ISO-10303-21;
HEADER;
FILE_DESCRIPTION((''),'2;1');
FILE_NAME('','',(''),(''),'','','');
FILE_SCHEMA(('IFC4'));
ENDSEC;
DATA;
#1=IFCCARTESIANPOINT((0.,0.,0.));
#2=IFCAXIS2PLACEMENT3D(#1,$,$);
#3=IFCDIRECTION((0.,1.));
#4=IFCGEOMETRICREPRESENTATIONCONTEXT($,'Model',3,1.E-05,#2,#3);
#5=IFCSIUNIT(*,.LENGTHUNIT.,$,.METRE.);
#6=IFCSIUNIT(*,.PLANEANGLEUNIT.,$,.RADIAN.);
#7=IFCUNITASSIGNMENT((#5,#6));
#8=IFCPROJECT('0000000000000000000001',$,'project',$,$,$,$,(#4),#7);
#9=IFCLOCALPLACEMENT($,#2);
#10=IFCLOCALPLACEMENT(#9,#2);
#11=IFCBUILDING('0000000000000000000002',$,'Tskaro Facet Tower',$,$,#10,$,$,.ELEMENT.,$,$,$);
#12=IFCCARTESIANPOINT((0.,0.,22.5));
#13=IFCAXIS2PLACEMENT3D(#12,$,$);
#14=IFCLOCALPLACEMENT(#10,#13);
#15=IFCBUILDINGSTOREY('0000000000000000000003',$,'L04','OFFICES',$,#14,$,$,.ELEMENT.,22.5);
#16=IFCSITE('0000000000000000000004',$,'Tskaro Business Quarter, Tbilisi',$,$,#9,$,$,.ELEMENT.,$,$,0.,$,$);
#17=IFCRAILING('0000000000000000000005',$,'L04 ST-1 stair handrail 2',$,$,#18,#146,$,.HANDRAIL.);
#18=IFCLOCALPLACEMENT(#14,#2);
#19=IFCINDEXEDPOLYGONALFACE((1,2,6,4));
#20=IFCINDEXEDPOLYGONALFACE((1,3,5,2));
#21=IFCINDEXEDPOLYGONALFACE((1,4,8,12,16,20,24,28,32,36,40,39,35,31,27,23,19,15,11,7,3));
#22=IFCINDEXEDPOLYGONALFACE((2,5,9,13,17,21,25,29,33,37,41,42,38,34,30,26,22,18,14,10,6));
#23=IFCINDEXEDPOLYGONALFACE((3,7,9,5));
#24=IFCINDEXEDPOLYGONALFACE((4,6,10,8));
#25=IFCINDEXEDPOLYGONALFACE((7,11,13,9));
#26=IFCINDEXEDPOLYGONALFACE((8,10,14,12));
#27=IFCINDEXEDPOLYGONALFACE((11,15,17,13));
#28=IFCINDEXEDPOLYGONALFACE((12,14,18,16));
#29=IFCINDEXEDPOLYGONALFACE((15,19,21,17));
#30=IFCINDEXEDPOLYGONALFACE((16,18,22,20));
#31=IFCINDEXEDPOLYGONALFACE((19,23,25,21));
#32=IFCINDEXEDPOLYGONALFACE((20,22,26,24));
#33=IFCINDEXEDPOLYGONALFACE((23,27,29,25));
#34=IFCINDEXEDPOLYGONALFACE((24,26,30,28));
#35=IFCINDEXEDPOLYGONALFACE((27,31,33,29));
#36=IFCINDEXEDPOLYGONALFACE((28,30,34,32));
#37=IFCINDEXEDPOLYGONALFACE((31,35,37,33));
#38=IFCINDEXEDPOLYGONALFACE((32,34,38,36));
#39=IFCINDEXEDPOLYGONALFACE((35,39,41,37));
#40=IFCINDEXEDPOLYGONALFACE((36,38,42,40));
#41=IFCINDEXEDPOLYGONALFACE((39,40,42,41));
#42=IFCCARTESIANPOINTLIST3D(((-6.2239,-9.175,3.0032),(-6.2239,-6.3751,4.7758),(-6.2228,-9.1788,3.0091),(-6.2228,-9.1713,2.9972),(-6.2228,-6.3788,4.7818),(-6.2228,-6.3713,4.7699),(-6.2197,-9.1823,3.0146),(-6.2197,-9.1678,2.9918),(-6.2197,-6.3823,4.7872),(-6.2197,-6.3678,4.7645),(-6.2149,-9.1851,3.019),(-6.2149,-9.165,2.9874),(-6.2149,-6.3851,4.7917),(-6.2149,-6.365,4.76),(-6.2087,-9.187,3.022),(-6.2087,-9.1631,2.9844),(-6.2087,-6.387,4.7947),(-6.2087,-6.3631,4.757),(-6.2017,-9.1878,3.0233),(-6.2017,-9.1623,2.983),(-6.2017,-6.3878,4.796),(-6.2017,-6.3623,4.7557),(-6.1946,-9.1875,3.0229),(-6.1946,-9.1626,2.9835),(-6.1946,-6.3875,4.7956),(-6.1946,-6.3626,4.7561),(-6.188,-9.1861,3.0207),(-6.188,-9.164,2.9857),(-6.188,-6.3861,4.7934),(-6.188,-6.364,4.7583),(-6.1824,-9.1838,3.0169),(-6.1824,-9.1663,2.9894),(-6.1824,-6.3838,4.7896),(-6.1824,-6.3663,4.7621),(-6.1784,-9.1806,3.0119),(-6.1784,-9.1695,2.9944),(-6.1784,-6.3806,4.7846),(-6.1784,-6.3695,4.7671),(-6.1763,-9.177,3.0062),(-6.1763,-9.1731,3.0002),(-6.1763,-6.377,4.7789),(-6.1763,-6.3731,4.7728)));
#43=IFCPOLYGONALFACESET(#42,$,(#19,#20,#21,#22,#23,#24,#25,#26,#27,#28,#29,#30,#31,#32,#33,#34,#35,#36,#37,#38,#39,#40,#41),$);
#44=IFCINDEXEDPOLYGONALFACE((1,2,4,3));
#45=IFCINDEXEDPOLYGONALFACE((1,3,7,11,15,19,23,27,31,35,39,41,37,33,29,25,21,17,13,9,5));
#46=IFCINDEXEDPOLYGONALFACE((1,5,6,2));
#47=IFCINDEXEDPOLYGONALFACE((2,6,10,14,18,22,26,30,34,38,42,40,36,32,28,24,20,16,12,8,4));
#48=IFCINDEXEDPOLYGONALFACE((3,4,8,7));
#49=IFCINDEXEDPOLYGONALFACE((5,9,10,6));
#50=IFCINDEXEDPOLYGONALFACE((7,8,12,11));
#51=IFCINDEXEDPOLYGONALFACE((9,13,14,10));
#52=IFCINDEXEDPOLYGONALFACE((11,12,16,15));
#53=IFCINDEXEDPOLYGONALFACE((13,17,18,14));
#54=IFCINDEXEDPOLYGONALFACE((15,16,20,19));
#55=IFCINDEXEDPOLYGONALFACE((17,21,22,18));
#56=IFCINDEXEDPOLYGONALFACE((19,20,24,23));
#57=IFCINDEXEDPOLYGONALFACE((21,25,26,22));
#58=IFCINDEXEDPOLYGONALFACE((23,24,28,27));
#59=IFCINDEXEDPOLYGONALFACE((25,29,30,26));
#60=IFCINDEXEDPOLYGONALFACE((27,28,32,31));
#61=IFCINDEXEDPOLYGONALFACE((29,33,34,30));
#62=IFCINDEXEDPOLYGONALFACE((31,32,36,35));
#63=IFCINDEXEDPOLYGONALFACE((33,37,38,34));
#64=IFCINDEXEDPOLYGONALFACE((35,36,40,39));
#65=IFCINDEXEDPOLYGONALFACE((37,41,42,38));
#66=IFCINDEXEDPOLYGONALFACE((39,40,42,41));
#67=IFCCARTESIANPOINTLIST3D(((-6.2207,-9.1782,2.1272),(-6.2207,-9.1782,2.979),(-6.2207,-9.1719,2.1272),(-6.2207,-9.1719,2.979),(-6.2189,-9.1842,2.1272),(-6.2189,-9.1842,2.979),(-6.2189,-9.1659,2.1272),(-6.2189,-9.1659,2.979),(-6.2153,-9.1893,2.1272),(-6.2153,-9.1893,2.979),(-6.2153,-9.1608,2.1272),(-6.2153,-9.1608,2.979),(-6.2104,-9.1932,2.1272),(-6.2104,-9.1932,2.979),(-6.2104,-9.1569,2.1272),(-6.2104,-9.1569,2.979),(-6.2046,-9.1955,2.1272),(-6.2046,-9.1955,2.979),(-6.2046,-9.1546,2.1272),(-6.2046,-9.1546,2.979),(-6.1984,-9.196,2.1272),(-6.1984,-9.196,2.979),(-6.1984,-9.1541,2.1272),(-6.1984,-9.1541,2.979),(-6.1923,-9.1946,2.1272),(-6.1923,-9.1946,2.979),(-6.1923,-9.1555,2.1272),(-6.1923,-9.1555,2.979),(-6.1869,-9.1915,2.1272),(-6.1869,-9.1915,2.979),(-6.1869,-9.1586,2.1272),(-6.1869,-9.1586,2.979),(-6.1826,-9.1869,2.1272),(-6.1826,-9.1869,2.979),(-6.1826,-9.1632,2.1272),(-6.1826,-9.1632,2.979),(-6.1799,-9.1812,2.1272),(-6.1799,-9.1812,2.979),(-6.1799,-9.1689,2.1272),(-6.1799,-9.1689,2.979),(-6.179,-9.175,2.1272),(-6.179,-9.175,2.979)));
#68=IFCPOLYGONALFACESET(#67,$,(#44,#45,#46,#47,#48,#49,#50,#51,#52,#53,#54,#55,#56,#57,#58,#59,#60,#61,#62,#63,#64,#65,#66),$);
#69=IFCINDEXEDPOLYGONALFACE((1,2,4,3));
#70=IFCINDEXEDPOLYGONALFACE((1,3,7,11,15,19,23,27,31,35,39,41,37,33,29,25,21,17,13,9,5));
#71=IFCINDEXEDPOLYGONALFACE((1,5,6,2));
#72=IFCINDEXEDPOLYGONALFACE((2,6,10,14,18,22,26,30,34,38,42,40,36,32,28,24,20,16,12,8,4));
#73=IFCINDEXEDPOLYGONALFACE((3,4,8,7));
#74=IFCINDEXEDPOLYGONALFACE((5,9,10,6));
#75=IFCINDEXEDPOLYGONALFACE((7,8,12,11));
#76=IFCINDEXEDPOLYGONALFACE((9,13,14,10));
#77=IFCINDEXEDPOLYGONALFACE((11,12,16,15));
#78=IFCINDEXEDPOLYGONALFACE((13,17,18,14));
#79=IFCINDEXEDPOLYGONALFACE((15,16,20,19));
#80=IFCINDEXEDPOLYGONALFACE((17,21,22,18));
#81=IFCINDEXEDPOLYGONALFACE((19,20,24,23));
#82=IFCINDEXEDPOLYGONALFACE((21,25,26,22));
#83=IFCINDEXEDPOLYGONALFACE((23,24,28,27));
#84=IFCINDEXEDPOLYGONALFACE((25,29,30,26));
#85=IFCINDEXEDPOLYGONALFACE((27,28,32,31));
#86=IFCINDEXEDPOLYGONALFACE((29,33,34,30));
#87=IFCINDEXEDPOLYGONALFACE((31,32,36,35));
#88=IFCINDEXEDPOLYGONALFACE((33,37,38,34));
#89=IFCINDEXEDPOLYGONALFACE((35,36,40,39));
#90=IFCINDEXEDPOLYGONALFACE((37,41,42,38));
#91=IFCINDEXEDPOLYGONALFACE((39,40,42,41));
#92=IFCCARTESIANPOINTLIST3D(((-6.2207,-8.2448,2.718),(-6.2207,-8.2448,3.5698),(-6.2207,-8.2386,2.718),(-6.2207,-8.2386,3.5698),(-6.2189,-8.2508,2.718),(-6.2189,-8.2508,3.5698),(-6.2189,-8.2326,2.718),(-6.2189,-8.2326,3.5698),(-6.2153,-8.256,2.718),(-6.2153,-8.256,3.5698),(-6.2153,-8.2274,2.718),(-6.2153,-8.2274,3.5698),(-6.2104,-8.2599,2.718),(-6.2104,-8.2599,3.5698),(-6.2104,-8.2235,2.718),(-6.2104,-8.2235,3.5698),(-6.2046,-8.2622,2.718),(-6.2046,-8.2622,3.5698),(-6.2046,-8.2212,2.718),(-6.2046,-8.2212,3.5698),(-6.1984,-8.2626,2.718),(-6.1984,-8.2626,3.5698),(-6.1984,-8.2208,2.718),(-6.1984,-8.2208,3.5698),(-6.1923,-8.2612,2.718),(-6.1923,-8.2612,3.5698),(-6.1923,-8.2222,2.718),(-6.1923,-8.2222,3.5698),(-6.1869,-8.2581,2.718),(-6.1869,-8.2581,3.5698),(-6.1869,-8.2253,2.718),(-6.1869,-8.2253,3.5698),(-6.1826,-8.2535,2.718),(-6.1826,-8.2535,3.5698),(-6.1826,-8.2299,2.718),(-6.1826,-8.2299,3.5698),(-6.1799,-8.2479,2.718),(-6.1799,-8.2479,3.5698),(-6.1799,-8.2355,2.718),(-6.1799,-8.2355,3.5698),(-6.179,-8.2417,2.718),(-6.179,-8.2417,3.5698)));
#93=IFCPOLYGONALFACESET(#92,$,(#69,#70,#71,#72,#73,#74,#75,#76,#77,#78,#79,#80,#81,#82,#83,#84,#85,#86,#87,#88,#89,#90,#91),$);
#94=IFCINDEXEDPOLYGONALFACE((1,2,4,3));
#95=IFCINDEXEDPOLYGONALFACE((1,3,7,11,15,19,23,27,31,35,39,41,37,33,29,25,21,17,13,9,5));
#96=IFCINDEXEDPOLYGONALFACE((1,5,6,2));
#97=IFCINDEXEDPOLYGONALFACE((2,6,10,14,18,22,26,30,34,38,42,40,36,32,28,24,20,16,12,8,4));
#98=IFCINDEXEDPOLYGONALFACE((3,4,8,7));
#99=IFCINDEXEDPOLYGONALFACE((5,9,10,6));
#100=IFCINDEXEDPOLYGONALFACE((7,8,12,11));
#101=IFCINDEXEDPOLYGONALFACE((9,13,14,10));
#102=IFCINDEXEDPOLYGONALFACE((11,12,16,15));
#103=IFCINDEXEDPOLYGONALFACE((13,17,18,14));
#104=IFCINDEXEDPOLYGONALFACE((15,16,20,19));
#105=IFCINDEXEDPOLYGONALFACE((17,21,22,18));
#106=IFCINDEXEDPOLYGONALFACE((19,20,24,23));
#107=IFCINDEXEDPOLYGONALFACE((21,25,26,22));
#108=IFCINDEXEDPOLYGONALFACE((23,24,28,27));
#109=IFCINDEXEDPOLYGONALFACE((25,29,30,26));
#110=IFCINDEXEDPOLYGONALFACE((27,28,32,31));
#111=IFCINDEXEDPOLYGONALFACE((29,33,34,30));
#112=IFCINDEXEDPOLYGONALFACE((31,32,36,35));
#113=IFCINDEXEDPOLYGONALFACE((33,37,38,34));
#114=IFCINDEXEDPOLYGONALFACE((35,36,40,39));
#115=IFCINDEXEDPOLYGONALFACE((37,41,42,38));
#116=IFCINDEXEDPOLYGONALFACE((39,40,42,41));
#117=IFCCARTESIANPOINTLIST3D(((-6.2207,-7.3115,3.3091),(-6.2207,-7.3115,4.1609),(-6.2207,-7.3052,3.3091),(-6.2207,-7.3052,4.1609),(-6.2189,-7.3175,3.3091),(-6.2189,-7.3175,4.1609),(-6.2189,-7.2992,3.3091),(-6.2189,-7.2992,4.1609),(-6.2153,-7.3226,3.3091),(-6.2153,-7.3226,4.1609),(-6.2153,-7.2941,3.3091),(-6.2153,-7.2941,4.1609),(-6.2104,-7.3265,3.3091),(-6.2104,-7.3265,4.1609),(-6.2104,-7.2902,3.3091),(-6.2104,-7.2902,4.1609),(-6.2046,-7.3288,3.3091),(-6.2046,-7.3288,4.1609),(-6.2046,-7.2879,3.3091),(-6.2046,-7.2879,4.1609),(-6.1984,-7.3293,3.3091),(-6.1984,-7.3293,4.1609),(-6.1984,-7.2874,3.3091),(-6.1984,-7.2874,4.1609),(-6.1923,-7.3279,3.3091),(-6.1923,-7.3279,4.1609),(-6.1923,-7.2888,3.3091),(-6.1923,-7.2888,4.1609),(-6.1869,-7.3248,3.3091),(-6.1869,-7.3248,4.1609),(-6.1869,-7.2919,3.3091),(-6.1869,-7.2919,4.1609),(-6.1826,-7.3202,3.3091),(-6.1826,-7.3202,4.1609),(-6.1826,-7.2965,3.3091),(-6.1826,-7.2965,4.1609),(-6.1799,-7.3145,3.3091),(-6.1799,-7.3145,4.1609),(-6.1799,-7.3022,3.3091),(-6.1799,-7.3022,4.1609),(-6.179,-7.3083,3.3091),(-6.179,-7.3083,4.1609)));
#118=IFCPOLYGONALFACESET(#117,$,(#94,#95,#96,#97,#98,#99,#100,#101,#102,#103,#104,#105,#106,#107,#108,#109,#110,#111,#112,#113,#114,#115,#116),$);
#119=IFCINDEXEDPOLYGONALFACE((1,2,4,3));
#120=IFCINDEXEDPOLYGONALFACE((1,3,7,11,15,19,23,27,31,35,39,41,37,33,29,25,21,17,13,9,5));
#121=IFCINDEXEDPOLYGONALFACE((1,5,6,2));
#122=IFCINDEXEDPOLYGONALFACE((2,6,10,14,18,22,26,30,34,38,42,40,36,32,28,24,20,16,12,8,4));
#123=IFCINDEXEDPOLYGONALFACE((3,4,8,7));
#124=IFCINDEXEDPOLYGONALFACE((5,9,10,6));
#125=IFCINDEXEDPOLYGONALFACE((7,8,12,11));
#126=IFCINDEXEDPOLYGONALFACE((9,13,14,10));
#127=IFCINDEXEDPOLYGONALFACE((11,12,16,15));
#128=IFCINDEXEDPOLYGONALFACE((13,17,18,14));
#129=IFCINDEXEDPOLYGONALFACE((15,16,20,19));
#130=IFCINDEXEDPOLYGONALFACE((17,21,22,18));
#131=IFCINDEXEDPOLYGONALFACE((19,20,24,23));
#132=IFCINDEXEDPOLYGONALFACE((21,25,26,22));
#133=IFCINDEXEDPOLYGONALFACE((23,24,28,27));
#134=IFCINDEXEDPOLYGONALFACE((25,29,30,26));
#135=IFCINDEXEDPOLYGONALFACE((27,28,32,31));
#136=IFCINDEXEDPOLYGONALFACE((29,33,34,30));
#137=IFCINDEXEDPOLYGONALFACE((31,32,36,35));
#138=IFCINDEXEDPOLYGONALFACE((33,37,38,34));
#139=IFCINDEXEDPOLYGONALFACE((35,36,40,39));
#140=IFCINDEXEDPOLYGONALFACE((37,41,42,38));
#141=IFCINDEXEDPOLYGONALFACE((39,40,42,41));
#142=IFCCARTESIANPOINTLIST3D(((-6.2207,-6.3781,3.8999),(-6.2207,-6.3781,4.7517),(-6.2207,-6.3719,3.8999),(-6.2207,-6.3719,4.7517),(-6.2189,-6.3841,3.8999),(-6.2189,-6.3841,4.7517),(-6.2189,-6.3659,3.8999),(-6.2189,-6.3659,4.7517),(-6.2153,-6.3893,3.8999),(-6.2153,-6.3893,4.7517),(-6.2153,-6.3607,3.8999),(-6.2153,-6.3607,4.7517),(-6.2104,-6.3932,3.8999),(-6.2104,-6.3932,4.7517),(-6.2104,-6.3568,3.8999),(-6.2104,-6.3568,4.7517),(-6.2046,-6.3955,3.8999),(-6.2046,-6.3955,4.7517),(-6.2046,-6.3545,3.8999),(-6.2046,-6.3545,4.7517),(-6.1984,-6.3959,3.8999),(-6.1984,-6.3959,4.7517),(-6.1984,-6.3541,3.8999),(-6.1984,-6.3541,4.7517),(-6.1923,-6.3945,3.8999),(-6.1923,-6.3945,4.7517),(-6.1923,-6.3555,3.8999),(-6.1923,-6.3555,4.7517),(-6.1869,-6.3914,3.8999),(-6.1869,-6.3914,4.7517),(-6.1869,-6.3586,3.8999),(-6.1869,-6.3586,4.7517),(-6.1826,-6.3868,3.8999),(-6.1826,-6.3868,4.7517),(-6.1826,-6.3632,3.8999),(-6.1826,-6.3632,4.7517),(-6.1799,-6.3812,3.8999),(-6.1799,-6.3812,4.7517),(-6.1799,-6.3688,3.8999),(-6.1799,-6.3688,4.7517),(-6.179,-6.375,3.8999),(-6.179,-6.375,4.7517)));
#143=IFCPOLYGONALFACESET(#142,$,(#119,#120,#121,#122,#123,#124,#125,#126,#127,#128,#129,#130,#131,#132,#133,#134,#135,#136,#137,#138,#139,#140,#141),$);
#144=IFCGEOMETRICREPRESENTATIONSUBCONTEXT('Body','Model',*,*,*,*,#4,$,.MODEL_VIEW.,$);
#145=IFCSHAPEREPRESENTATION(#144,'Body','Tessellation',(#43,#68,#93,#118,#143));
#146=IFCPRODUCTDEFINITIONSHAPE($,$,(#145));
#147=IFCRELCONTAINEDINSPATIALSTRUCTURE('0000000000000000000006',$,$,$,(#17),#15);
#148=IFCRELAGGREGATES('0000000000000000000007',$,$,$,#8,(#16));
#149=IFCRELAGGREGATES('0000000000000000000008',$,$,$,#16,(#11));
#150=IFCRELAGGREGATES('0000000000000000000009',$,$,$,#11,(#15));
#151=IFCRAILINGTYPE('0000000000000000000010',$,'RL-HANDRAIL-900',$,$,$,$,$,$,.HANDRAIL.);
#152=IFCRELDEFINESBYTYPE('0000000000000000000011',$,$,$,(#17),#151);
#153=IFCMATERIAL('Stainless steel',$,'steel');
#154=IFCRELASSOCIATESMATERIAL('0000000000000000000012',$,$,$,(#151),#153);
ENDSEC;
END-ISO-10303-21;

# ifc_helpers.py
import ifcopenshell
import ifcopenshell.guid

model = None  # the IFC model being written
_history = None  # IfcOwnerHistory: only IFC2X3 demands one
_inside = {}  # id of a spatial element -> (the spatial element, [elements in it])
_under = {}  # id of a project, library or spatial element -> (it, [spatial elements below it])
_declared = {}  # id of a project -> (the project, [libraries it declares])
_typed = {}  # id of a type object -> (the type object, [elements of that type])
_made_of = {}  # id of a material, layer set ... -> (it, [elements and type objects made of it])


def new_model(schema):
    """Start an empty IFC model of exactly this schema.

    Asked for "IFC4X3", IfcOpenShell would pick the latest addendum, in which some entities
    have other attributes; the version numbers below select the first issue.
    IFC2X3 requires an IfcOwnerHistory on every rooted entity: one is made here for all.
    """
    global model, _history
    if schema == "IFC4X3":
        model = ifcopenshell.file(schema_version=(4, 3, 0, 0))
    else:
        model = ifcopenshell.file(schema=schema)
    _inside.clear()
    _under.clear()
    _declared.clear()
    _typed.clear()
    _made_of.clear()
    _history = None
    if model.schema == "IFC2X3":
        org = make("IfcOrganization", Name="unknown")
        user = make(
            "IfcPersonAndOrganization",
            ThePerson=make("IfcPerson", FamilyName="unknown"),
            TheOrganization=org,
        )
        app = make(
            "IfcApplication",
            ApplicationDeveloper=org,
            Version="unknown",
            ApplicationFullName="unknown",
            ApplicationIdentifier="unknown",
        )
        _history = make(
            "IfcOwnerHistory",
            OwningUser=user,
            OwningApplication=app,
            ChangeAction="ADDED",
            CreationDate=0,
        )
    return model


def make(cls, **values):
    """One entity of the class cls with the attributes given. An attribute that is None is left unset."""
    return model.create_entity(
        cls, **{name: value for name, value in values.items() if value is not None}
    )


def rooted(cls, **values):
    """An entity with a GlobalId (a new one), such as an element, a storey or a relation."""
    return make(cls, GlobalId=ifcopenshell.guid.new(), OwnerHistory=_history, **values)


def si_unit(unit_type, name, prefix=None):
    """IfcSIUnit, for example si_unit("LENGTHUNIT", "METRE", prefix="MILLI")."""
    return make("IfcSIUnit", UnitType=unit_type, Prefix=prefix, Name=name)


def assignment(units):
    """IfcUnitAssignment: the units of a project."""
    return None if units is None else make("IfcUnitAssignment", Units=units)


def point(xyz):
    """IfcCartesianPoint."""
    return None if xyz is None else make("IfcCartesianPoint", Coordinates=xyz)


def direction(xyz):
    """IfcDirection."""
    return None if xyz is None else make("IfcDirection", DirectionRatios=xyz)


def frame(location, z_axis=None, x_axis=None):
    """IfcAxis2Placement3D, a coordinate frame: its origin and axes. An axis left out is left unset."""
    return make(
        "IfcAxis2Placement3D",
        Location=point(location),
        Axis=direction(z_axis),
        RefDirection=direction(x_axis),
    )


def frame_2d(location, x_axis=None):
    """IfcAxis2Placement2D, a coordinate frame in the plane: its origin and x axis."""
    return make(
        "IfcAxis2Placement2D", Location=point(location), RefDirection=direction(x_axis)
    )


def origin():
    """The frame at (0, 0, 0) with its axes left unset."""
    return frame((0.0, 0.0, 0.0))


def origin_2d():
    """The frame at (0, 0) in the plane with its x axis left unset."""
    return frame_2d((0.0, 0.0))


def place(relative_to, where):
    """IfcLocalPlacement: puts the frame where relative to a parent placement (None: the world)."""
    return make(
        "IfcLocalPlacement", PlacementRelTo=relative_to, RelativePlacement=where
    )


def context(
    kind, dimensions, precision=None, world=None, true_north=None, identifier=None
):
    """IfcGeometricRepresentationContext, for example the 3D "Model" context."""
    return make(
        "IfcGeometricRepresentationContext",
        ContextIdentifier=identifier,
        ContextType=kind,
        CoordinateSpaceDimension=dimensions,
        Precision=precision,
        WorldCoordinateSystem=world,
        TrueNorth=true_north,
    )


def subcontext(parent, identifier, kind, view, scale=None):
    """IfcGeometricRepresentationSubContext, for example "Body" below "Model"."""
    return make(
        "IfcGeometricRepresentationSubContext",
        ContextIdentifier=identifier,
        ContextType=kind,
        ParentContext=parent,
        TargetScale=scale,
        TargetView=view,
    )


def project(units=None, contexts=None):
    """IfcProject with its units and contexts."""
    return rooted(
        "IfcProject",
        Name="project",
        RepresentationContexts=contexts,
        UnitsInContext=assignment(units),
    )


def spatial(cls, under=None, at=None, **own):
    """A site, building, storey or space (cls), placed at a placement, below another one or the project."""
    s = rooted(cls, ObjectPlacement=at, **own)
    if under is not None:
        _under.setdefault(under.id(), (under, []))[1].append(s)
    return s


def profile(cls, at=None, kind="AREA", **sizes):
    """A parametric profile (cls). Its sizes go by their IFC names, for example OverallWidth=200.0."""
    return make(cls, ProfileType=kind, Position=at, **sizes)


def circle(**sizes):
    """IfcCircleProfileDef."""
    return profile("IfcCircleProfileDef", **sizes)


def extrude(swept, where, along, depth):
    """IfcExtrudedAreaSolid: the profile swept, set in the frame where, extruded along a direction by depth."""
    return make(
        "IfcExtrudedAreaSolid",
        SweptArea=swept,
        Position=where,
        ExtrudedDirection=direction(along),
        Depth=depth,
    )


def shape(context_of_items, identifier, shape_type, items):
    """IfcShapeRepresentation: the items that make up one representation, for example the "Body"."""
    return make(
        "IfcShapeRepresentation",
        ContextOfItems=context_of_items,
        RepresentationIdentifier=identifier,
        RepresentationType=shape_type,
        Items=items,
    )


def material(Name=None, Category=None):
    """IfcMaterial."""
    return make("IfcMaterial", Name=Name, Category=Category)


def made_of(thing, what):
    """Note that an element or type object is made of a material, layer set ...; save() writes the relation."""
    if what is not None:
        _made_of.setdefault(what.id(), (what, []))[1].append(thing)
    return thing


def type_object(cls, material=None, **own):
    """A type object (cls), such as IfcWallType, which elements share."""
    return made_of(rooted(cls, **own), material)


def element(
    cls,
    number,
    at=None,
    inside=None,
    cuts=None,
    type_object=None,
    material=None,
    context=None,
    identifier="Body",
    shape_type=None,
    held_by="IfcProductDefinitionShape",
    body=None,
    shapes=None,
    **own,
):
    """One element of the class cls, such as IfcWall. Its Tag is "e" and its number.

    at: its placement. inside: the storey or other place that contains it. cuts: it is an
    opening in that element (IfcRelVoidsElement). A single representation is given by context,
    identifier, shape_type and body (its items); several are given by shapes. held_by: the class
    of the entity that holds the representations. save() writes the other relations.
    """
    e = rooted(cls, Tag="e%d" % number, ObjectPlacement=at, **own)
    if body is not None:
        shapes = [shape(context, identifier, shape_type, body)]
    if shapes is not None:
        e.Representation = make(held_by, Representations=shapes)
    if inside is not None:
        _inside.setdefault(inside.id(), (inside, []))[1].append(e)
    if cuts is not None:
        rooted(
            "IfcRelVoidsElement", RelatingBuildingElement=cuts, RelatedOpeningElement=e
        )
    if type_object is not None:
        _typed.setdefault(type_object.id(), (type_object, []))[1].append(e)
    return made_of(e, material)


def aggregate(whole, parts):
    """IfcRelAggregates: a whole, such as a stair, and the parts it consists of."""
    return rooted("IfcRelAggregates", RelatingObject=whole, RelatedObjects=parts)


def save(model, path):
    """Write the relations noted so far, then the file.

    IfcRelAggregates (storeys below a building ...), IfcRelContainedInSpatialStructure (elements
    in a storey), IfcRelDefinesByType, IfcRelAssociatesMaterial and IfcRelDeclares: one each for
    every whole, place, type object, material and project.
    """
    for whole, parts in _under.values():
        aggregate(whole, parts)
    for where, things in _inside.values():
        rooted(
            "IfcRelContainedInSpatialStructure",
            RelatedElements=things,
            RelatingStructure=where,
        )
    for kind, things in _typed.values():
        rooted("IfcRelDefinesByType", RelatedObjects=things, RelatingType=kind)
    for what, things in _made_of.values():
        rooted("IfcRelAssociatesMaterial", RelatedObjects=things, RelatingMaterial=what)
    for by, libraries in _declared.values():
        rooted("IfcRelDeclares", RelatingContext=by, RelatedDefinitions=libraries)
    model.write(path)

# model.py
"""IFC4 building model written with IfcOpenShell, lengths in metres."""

from ifc_helpers import new_model, si_unit, direction, frame, origin, origin_2d, place, context, subcontext, project, spatial, circle, extrude, material, type_object, element, save


model = new_model("IFC4")

# Units and contexts
model_context = context("Model", 3, precision=1e-05, world=origin(), true_north=direction((0.0, 1.0)))
body_context = subcontext(model_context, "Body", "Model", "MODEL_VIEW")
ifc_project = project(units=[si_unit("LENGTHUNIT", "METRE"), si_unit("PLANEANGLEUNIT", "RADIAN")], contexts=[model_context])

# Site, building, storey
site_placement = place(None, origin())
site = spatial("IfcSite", under=ifc_project, at=site_placement, Name="Tskaro Business Quarter, Tbilisi", CompositionType="ELEMENT", RefElevation=0.0)
building_placement = place(site_placement, origin())
building = spatial("IfcBuilding", under=site, at=building_placement, Name="Tskaro Facet Tower", CompositionType="ELEMENT")
storey_placement = place(building_placement, frame((0.0, 0.0, 22.5)))
storey = spatial("IfcBuildingStorey", under=building, at=storey_placement, Name="L04", Description="OFFICES", CompositionType="ELEMENT", Elevation=22.5)

# Shared definitions
ifc_material_1 = material(Name="Stainless steel", Category="steel")

# Railing
railing_type_1 = type_object("IfcRailingType", Name="RL-HANDRAIL-900", PredefinedType="HANDRAIL", material=ifc_material_1)
railing_1_placement = place(storey_placement, frame((-6.2, -9.175, 2.1272)))
element("IfcRailing", 1, at=railing_1_placement, inside=storey, type_object=railing_type_1, Name="L04 ST-1 stair handrail 2", PredefinedType="HANDRAIL", context=body_context, shape_type="SweptSolid", body=[
    extrude(circle(Radius=0.0239, at=origin_2d()), frame((0.0, 0.0, 0.876), z_axis=(0.0, 0.844909, 0.53491), x_axis=(-1.0, 0.0, 0.0)), (0.0, 0.0, 1.0), 3.314),
    extrude(circle(Radius=0.021, at=origin_2d()), origin(), (0.0, 0.0, 1.0), 0.8518),
    extrude(circle(Radius=0.021, at=origin_2d()), frame((0.0, 0.9333, 0.5908)), (0.0, 0.0, 1.0), 0.8518),
    extrude(circle(Radius=0.021, at=origin_2d()), frame((0.0, 1.8667, 1.1819)), (0.0, 0.0, 1.0), 0.8518),
    extrude(circle(Radius=0.021, at=origin_2d()), frame((0.0, 2.8, 1.7727)), (0.0, 0.0, 1.0), 0.8518),
])

save(model, "model.ifc")
